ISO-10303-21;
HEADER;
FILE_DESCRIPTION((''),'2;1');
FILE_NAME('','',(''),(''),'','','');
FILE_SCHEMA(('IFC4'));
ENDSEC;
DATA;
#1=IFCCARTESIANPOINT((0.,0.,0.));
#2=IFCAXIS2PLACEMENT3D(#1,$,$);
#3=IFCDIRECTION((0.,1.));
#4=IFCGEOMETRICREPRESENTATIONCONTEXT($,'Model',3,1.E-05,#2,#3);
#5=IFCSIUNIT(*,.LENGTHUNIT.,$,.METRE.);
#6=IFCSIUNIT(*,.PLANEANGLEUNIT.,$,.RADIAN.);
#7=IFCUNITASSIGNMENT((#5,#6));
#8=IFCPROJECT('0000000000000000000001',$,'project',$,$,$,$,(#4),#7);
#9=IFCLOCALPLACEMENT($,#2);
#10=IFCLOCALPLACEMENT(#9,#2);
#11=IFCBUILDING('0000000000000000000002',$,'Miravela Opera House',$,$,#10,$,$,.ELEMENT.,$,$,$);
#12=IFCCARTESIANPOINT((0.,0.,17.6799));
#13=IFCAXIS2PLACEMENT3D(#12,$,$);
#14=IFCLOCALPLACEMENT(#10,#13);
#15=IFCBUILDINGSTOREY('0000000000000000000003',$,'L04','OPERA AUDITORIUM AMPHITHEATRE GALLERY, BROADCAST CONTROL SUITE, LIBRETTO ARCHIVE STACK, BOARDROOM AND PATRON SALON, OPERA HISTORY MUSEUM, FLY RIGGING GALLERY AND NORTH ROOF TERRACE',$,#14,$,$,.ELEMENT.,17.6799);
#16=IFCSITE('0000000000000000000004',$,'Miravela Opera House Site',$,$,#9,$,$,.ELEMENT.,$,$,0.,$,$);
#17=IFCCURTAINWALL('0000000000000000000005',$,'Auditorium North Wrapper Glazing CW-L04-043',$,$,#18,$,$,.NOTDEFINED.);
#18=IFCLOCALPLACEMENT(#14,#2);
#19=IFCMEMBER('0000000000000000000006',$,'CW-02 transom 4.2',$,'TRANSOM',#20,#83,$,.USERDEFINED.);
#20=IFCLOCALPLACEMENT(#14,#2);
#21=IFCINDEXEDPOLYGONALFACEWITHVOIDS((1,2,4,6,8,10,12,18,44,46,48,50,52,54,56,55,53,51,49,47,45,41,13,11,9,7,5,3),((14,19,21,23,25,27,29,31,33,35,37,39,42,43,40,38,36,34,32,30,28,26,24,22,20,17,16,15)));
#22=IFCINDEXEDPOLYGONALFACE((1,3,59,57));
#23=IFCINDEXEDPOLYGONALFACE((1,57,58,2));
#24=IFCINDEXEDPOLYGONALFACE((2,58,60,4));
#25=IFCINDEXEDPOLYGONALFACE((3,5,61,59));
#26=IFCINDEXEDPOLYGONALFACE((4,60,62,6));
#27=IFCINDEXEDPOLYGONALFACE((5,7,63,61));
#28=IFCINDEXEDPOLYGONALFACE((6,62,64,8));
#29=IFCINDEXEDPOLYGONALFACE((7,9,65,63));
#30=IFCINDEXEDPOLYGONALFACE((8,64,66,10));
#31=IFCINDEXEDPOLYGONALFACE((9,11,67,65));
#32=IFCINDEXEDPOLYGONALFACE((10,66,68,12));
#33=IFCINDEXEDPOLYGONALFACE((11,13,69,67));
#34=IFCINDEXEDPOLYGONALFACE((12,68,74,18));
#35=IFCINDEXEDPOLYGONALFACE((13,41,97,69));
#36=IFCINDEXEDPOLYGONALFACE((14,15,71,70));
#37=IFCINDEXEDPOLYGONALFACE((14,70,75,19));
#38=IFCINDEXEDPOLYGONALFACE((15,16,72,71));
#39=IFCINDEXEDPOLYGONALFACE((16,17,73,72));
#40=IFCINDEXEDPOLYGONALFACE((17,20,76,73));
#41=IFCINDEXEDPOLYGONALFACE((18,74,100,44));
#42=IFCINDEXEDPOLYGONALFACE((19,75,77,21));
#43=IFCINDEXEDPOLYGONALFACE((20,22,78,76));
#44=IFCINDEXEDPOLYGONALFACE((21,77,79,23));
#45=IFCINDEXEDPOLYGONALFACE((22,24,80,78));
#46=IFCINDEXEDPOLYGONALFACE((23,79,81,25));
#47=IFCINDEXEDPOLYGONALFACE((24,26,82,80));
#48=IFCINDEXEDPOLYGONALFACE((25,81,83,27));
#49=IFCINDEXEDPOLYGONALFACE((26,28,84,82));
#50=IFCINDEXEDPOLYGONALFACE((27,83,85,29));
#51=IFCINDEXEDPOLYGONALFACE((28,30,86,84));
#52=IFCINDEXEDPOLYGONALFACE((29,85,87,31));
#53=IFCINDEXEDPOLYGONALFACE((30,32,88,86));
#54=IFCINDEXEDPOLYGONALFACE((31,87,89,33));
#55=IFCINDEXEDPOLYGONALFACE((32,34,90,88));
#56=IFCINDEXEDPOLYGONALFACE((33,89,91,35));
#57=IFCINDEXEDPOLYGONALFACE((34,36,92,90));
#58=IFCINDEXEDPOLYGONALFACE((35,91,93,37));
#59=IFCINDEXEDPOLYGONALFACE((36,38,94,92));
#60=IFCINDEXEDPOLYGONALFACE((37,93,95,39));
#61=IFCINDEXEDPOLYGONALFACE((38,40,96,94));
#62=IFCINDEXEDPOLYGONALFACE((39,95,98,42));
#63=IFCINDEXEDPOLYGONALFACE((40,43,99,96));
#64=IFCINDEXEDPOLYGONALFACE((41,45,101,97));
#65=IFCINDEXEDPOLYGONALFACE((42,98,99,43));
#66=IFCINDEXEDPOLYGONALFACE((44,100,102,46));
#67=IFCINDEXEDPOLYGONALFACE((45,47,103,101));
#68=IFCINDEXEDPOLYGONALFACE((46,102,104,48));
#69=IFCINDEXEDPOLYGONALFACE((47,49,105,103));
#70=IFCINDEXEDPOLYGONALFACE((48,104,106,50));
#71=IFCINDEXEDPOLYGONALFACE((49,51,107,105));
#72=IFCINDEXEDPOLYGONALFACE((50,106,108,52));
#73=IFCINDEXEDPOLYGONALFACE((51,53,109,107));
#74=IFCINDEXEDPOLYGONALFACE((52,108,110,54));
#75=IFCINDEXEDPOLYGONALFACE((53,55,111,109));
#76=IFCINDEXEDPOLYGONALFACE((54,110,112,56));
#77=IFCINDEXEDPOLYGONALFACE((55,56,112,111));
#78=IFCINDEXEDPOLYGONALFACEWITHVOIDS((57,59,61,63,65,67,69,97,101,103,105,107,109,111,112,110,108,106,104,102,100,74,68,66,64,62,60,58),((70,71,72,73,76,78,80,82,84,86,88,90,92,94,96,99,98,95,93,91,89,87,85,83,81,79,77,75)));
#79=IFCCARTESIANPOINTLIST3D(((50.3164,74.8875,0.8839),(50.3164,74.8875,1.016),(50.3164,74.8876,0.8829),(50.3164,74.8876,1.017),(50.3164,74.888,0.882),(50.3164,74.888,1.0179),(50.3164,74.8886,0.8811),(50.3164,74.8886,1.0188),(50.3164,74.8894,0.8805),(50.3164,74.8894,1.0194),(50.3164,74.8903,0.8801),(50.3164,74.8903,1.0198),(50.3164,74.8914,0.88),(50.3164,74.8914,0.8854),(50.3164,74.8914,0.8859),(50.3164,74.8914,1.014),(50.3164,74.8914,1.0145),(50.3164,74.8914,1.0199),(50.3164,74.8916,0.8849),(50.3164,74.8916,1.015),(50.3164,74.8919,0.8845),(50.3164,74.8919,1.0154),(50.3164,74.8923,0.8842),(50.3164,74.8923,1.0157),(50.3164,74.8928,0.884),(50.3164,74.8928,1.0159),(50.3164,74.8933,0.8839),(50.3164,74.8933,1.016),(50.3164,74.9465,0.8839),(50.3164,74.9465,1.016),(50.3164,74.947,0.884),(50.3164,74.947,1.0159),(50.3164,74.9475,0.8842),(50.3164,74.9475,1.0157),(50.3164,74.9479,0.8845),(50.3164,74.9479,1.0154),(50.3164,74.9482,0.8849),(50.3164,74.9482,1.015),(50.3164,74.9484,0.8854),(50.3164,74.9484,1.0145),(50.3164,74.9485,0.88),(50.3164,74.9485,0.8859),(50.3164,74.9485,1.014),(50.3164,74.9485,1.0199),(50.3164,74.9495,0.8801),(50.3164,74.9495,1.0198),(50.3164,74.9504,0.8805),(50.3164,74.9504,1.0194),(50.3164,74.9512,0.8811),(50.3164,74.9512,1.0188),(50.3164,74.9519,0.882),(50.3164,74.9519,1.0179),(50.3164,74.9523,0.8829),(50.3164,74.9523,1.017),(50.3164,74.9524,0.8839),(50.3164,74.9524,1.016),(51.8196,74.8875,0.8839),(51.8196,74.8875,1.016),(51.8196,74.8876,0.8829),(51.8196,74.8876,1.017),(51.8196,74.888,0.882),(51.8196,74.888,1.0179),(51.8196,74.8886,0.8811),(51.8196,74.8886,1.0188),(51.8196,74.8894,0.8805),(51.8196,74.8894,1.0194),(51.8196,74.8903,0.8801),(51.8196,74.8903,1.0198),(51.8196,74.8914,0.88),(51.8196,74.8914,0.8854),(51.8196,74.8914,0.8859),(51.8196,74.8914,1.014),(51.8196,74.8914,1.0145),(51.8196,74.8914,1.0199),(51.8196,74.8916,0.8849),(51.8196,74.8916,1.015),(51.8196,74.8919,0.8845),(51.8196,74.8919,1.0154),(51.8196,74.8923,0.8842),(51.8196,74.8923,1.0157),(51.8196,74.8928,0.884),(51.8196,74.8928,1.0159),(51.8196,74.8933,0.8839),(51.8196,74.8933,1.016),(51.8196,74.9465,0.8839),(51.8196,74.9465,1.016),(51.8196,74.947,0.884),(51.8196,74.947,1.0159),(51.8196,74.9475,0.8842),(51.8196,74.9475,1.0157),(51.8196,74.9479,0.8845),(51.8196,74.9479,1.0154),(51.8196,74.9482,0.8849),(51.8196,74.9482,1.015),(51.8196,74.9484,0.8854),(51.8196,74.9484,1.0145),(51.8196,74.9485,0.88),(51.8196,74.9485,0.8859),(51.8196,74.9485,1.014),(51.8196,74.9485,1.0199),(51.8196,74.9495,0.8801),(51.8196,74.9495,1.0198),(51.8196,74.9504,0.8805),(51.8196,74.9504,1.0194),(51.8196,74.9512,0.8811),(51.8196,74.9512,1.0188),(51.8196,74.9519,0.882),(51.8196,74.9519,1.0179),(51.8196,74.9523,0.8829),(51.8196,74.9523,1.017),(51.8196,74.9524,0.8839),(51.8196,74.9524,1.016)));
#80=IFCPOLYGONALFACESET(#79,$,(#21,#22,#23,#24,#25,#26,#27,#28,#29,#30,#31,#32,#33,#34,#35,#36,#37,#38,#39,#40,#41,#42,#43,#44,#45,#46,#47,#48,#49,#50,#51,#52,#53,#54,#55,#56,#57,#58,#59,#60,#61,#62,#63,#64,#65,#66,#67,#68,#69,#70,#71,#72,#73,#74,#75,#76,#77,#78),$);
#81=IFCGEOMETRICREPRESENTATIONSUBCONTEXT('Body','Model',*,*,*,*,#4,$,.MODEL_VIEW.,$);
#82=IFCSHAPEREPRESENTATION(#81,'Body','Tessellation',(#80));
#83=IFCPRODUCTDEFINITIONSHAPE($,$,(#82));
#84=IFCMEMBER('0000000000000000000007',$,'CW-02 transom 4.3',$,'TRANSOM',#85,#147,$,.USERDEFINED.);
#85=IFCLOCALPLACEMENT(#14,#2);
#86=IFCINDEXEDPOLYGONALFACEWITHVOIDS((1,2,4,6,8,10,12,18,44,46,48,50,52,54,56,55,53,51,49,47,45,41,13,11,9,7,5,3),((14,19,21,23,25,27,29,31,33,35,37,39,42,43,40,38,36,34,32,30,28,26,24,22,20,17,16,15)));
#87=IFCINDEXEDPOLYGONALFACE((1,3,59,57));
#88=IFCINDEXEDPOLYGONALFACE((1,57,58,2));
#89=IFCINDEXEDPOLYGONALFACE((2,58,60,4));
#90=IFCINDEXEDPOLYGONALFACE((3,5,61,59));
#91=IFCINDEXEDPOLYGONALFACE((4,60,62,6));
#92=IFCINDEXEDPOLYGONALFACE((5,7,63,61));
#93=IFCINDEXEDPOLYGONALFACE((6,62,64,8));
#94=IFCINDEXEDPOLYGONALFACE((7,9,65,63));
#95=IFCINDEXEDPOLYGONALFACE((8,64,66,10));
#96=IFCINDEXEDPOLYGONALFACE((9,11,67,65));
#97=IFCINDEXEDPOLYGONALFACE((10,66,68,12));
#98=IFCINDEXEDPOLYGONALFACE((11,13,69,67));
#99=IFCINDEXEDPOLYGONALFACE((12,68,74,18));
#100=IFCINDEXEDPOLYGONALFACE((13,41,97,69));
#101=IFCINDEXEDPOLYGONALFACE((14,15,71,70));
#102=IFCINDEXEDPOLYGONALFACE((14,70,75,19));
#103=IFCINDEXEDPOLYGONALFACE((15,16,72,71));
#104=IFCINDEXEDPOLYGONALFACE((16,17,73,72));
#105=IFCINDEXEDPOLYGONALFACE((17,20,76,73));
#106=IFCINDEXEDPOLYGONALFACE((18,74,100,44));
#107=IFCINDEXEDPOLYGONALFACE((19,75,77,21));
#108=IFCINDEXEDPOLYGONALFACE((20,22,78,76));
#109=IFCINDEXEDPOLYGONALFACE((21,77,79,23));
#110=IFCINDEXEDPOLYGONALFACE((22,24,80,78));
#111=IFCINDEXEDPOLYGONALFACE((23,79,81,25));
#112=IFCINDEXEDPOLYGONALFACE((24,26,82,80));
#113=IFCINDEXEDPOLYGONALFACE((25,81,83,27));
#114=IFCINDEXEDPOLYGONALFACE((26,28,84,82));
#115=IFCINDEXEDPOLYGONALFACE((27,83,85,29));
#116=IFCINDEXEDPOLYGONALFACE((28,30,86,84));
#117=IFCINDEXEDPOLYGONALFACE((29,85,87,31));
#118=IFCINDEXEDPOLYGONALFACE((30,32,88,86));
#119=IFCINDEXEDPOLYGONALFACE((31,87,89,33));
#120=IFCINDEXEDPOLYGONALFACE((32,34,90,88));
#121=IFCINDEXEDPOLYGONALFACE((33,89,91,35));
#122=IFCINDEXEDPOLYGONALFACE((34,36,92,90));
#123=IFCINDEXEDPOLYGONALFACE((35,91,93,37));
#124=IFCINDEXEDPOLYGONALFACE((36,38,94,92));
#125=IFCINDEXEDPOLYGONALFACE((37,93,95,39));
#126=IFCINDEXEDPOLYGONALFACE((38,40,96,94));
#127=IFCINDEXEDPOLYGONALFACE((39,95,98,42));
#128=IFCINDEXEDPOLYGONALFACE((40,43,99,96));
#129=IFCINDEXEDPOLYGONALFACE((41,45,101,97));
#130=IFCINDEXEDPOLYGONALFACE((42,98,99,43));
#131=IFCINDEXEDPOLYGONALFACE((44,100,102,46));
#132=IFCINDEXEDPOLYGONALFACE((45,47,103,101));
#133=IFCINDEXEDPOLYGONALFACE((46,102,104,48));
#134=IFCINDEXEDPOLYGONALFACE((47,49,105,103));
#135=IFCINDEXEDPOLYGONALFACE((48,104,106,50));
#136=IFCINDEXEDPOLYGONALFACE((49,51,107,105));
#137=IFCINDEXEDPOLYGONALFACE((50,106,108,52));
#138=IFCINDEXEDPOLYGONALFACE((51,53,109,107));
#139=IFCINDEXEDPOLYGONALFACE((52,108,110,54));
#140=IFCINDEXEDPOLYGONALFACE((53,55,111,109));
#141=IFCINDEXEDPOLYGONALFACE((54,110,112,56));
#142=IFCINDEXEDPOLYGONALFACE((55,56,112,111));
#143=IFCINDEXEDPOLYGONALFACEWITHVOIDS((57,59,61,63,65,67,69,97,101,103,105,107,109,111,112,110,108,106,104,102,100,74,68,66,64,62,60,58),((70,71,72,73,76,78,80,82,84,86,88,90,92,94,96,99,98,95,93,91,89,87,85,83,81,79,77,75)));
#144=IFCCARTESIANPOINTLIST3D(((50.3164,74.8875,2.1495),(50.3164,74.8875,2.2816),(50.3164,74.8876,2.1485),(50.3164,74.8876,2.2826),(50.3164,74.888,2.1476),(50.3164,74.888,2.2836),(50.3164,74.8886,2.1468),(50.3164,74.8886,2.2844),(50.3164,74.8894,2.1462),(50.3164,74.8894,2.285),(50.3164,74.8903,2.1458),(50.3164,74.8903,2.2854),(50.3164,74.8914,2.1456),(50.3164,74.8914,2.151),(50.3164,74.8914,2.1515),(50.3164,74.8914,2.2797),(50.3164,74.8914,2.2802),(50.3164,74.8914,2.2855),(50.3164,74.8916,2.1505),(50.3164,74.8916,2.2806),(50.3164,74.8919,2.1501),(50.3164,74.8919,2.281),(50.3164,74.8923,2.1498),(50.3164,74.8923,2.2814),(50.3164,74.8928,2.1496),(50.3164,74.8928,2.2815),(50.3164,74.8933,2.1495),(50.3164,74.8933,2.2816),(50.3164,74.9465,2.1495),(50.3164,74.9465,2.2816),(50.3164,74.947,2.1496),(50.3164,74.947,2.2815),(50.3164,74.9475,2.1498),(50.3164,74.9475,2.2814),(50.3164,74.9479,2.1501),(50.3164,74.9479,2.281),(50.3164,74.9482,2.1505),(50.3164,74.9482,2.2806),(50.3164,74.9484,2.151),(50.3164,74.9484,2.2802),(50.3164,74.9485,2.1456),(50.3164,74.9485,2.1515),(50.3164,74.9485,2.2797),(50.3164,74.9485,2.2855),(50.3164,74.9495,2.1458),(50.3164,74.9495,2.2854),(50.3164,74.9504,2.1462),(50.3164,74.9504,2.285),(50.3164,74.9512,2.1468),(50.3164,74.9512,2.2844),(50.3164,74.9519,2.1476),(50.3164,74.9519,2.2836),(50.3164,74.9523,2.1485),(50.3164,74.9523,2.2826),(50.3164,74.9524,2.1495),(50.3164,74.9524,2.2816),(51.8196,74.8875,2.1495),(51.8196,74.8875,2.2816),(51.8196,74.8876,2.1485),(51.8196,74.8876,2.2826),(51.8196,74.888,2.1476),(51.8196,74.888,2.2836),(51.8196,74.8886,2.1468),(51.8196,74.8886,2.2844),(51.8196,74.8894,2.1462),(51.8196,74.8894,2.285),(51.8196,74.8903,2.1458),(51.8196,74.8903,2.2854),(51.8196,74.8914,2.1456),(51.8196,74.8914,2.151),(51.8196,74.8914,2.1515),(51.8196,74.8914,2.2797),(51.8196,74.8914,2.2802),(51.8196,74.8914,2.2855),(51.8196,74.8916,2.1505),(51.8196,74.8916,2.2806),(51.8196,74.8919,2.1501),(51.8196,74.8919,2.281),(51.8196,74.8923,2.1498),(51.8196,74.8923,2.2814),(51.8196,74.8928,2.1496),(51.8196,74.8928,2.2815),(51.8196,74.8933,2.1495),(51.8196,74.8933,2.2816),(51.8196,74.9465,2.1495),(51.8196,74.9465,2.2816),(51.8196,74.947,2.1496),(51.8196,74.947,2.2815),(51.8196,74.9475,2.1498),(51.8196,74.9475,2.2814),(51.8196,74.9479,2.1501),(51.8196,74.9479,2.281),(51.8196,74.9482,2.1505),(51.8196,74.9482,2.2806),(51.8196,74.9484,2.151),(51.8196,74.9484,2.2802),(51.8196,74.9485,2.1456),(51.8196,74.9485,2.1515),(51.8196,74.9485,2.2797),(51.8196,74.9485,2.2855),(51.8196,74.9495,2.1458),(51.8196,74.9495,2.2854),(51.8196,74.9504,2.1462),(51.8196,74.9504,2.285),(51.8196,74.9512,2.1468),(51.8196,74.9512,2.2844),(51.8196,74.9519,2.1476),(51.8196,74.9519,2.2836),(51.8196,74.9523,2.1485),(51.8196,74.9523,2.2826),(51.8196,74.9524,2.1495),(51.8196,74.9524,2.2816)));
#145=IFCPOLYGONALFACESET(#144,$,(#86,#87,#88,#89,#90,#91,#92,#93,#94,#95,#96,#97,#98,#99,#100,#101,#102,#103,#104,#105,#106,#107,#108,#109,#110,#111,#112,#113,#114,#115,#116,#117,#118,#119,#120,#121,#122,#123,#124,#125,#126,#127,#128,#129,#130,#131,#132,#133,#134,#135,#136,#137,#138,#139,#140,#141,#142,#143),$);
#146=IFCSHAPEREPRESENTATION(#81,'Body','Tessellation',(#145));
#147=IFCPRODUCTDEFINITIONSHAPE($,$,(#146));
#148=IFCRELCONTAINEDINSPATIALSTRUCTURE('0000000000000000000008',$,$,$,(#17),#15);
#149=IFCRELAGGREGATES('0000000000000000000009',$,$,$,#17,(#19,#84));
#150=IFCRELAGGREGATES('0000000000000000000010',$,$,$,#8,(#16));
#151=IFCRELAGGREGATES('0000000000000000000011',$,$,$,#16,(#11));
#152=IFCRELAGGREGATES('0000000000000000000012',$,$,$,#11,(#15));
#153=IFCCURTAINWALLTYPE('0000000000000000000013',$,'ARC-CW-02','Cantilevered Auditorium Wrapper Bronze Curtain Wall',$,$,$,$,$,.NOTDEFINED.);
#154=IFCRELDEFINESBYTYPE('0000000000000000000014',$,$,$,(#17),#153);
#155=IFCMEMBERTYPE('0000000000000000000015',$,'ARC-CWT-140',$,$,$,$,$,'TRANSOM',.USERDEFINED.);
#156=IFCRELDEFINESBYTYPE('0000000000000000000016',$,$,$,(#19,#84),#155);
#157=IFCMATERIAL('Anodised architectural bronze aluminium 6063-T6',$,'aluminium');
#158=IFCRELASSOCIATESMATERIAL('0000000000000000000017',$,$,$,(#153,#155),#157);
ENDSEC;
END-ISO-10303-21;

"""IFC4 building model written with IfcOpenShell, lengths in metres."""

from ifc_helpers import new_model, si_unit, direction, frame, origin, origin_2d, place, context, subcontext, project, spatial, hollow_rectangle, extrude, material, material_profile, profile_set, type_object, element, aggregate, save


model = new_model("IFC4")

# Units and contexts
model_context = context("Model", 3, precision=1e-05, world=origin(), true_north=direction((0.0, 1.0)))
body_context = subcontext(model_context, "Body", "Model", "MODEL_VIEW")
ifc_project = project(units=[si_unit("LENGTHUNIT", "METRE"), si_unit("PLANEANGLEUNIT", "RADIAN")], contexts=[model_context])

# Site, building, storey
site_placement = place(None, origin())
site = spatial("IfcSite", under=ifc_project, at=site_placement, Name="Miravela Opera House Site", CompositionType="ELEMENT", RefElevation=0.0)
building_placement = place(site_placement, origin())
building = spatial("IfcBuilding", under=site, at=building_placement, Name="Miravela Opera House", CompositionType="ELEMENT")
storey_placement = place(building_placement, frame((0.0, 0.0, 17.6799)))
storey = spatial("IfcBuildingStorey", under=building, at=storey_placement, Name="L04", Description="OPERA AUDITORIUM AMPHITHEATRE GALLERY, BROADCAST CONTROL SUITE, LIBRETTO ARCHIVE STACK, BOARDROOM AND PATRON SALON, OPERA HISTORY MUSEUM, FLY RIGGING GALLERY AND NORTH ROOF TERRACE", CompositionType="ELEMENT", Elevation=17.6799)

# Curtain wall, members
ifc_material_1 = material(Name="Anodised architectural bronze aluminium 6063-T6", Category="aluminium")
curtain_wall_type = type_object("IfcCurtainWallType", Name="ARC-CW-02", Description="Cantilevered Auditorium Wrapper Bronze Curtain Wall", PredefinedType="NOTDEFINED", material=ifc_material_1)
curtain_wall_placement = place(storey_placement, origin())
curtain_wall = element("IfcCurtainWall", 1, at=curtain_wall_placement, inside=storey, type_object=curtain_wall_type, Name="Auditorium North Wrapper Glazing CW-L04-043", PredefinedType="NOTDEFINED")
ifc_material_profile_1 = material_profile(ifc_material_1, hollow_rectangle(XDim=0.0649, YDim=0.1399, WallThickness=0.0039, InnerFilletRadius=0.002, OuterFilletRadius=0.0039, at=origin_2d()), Name="CWT-65X140")
ifc_profile_set_1 = profile_set([ifc_material_profile_1])
member_type_1 = type_object("IfcMemberType", Name="ARC-CWT-140", ElementType="TRANSOM", PredefinedType="USERDEFINED", material=ifc_profile_set_1)
member_1_placement = place(storey_placement, frame((50.3164, 74.9199, 0.95), z_axis=(1.0, 0.0, 0.0), x_axis=(0.0, 1.0, 0.0)))
member_1 = element("IfcMember", 2, at=member_1_placement, type_object=member_type_1, Name="CW-02 transom 4.2", ObjectType="TRANSOM", PredefinedType="USERDEFINED", context=body_context, shape_type="SweptSolid", body=[
    extrude(hollow_rectangle(XDim=0.0649, YDim=0.1399, WallThickness=0.0039, InnerFilletRadius=0.002, OuterFilletRadius=0.0039, at=origin_2d()), origin(), (0.0, 0.0, 1.0), 1.5032),
])
member_2_placement = place(storey_placement, frame((50.3164, 74.9199, 2.2156), z_axis=(1.0, 0.0, 0.0), x_axis=(0.0, 1.0, 0.0)))
member_2 = element("IfcMember", 3, at=member_2_placement, type_object=member_type_1, Name="CW-02 transom 4.3", ObjectType="TRANSOM", PredefinedType="USERDEFINED", context=body_context, shape_type="SweptSolid", body=[
    extrude(hollow_rectangle(XDim=0.0649, YDim=0.1399, WallThickness=0.0039, InnerFilletRadius=0.002, OuterFilletRadius=0.0039, at=origin_2d()), origin(), (0.0, 0.0, 1.0), 1.5032),
])
aggregate(curtain_wall, [member_1, member_2])

save(model, "model.ifc")
